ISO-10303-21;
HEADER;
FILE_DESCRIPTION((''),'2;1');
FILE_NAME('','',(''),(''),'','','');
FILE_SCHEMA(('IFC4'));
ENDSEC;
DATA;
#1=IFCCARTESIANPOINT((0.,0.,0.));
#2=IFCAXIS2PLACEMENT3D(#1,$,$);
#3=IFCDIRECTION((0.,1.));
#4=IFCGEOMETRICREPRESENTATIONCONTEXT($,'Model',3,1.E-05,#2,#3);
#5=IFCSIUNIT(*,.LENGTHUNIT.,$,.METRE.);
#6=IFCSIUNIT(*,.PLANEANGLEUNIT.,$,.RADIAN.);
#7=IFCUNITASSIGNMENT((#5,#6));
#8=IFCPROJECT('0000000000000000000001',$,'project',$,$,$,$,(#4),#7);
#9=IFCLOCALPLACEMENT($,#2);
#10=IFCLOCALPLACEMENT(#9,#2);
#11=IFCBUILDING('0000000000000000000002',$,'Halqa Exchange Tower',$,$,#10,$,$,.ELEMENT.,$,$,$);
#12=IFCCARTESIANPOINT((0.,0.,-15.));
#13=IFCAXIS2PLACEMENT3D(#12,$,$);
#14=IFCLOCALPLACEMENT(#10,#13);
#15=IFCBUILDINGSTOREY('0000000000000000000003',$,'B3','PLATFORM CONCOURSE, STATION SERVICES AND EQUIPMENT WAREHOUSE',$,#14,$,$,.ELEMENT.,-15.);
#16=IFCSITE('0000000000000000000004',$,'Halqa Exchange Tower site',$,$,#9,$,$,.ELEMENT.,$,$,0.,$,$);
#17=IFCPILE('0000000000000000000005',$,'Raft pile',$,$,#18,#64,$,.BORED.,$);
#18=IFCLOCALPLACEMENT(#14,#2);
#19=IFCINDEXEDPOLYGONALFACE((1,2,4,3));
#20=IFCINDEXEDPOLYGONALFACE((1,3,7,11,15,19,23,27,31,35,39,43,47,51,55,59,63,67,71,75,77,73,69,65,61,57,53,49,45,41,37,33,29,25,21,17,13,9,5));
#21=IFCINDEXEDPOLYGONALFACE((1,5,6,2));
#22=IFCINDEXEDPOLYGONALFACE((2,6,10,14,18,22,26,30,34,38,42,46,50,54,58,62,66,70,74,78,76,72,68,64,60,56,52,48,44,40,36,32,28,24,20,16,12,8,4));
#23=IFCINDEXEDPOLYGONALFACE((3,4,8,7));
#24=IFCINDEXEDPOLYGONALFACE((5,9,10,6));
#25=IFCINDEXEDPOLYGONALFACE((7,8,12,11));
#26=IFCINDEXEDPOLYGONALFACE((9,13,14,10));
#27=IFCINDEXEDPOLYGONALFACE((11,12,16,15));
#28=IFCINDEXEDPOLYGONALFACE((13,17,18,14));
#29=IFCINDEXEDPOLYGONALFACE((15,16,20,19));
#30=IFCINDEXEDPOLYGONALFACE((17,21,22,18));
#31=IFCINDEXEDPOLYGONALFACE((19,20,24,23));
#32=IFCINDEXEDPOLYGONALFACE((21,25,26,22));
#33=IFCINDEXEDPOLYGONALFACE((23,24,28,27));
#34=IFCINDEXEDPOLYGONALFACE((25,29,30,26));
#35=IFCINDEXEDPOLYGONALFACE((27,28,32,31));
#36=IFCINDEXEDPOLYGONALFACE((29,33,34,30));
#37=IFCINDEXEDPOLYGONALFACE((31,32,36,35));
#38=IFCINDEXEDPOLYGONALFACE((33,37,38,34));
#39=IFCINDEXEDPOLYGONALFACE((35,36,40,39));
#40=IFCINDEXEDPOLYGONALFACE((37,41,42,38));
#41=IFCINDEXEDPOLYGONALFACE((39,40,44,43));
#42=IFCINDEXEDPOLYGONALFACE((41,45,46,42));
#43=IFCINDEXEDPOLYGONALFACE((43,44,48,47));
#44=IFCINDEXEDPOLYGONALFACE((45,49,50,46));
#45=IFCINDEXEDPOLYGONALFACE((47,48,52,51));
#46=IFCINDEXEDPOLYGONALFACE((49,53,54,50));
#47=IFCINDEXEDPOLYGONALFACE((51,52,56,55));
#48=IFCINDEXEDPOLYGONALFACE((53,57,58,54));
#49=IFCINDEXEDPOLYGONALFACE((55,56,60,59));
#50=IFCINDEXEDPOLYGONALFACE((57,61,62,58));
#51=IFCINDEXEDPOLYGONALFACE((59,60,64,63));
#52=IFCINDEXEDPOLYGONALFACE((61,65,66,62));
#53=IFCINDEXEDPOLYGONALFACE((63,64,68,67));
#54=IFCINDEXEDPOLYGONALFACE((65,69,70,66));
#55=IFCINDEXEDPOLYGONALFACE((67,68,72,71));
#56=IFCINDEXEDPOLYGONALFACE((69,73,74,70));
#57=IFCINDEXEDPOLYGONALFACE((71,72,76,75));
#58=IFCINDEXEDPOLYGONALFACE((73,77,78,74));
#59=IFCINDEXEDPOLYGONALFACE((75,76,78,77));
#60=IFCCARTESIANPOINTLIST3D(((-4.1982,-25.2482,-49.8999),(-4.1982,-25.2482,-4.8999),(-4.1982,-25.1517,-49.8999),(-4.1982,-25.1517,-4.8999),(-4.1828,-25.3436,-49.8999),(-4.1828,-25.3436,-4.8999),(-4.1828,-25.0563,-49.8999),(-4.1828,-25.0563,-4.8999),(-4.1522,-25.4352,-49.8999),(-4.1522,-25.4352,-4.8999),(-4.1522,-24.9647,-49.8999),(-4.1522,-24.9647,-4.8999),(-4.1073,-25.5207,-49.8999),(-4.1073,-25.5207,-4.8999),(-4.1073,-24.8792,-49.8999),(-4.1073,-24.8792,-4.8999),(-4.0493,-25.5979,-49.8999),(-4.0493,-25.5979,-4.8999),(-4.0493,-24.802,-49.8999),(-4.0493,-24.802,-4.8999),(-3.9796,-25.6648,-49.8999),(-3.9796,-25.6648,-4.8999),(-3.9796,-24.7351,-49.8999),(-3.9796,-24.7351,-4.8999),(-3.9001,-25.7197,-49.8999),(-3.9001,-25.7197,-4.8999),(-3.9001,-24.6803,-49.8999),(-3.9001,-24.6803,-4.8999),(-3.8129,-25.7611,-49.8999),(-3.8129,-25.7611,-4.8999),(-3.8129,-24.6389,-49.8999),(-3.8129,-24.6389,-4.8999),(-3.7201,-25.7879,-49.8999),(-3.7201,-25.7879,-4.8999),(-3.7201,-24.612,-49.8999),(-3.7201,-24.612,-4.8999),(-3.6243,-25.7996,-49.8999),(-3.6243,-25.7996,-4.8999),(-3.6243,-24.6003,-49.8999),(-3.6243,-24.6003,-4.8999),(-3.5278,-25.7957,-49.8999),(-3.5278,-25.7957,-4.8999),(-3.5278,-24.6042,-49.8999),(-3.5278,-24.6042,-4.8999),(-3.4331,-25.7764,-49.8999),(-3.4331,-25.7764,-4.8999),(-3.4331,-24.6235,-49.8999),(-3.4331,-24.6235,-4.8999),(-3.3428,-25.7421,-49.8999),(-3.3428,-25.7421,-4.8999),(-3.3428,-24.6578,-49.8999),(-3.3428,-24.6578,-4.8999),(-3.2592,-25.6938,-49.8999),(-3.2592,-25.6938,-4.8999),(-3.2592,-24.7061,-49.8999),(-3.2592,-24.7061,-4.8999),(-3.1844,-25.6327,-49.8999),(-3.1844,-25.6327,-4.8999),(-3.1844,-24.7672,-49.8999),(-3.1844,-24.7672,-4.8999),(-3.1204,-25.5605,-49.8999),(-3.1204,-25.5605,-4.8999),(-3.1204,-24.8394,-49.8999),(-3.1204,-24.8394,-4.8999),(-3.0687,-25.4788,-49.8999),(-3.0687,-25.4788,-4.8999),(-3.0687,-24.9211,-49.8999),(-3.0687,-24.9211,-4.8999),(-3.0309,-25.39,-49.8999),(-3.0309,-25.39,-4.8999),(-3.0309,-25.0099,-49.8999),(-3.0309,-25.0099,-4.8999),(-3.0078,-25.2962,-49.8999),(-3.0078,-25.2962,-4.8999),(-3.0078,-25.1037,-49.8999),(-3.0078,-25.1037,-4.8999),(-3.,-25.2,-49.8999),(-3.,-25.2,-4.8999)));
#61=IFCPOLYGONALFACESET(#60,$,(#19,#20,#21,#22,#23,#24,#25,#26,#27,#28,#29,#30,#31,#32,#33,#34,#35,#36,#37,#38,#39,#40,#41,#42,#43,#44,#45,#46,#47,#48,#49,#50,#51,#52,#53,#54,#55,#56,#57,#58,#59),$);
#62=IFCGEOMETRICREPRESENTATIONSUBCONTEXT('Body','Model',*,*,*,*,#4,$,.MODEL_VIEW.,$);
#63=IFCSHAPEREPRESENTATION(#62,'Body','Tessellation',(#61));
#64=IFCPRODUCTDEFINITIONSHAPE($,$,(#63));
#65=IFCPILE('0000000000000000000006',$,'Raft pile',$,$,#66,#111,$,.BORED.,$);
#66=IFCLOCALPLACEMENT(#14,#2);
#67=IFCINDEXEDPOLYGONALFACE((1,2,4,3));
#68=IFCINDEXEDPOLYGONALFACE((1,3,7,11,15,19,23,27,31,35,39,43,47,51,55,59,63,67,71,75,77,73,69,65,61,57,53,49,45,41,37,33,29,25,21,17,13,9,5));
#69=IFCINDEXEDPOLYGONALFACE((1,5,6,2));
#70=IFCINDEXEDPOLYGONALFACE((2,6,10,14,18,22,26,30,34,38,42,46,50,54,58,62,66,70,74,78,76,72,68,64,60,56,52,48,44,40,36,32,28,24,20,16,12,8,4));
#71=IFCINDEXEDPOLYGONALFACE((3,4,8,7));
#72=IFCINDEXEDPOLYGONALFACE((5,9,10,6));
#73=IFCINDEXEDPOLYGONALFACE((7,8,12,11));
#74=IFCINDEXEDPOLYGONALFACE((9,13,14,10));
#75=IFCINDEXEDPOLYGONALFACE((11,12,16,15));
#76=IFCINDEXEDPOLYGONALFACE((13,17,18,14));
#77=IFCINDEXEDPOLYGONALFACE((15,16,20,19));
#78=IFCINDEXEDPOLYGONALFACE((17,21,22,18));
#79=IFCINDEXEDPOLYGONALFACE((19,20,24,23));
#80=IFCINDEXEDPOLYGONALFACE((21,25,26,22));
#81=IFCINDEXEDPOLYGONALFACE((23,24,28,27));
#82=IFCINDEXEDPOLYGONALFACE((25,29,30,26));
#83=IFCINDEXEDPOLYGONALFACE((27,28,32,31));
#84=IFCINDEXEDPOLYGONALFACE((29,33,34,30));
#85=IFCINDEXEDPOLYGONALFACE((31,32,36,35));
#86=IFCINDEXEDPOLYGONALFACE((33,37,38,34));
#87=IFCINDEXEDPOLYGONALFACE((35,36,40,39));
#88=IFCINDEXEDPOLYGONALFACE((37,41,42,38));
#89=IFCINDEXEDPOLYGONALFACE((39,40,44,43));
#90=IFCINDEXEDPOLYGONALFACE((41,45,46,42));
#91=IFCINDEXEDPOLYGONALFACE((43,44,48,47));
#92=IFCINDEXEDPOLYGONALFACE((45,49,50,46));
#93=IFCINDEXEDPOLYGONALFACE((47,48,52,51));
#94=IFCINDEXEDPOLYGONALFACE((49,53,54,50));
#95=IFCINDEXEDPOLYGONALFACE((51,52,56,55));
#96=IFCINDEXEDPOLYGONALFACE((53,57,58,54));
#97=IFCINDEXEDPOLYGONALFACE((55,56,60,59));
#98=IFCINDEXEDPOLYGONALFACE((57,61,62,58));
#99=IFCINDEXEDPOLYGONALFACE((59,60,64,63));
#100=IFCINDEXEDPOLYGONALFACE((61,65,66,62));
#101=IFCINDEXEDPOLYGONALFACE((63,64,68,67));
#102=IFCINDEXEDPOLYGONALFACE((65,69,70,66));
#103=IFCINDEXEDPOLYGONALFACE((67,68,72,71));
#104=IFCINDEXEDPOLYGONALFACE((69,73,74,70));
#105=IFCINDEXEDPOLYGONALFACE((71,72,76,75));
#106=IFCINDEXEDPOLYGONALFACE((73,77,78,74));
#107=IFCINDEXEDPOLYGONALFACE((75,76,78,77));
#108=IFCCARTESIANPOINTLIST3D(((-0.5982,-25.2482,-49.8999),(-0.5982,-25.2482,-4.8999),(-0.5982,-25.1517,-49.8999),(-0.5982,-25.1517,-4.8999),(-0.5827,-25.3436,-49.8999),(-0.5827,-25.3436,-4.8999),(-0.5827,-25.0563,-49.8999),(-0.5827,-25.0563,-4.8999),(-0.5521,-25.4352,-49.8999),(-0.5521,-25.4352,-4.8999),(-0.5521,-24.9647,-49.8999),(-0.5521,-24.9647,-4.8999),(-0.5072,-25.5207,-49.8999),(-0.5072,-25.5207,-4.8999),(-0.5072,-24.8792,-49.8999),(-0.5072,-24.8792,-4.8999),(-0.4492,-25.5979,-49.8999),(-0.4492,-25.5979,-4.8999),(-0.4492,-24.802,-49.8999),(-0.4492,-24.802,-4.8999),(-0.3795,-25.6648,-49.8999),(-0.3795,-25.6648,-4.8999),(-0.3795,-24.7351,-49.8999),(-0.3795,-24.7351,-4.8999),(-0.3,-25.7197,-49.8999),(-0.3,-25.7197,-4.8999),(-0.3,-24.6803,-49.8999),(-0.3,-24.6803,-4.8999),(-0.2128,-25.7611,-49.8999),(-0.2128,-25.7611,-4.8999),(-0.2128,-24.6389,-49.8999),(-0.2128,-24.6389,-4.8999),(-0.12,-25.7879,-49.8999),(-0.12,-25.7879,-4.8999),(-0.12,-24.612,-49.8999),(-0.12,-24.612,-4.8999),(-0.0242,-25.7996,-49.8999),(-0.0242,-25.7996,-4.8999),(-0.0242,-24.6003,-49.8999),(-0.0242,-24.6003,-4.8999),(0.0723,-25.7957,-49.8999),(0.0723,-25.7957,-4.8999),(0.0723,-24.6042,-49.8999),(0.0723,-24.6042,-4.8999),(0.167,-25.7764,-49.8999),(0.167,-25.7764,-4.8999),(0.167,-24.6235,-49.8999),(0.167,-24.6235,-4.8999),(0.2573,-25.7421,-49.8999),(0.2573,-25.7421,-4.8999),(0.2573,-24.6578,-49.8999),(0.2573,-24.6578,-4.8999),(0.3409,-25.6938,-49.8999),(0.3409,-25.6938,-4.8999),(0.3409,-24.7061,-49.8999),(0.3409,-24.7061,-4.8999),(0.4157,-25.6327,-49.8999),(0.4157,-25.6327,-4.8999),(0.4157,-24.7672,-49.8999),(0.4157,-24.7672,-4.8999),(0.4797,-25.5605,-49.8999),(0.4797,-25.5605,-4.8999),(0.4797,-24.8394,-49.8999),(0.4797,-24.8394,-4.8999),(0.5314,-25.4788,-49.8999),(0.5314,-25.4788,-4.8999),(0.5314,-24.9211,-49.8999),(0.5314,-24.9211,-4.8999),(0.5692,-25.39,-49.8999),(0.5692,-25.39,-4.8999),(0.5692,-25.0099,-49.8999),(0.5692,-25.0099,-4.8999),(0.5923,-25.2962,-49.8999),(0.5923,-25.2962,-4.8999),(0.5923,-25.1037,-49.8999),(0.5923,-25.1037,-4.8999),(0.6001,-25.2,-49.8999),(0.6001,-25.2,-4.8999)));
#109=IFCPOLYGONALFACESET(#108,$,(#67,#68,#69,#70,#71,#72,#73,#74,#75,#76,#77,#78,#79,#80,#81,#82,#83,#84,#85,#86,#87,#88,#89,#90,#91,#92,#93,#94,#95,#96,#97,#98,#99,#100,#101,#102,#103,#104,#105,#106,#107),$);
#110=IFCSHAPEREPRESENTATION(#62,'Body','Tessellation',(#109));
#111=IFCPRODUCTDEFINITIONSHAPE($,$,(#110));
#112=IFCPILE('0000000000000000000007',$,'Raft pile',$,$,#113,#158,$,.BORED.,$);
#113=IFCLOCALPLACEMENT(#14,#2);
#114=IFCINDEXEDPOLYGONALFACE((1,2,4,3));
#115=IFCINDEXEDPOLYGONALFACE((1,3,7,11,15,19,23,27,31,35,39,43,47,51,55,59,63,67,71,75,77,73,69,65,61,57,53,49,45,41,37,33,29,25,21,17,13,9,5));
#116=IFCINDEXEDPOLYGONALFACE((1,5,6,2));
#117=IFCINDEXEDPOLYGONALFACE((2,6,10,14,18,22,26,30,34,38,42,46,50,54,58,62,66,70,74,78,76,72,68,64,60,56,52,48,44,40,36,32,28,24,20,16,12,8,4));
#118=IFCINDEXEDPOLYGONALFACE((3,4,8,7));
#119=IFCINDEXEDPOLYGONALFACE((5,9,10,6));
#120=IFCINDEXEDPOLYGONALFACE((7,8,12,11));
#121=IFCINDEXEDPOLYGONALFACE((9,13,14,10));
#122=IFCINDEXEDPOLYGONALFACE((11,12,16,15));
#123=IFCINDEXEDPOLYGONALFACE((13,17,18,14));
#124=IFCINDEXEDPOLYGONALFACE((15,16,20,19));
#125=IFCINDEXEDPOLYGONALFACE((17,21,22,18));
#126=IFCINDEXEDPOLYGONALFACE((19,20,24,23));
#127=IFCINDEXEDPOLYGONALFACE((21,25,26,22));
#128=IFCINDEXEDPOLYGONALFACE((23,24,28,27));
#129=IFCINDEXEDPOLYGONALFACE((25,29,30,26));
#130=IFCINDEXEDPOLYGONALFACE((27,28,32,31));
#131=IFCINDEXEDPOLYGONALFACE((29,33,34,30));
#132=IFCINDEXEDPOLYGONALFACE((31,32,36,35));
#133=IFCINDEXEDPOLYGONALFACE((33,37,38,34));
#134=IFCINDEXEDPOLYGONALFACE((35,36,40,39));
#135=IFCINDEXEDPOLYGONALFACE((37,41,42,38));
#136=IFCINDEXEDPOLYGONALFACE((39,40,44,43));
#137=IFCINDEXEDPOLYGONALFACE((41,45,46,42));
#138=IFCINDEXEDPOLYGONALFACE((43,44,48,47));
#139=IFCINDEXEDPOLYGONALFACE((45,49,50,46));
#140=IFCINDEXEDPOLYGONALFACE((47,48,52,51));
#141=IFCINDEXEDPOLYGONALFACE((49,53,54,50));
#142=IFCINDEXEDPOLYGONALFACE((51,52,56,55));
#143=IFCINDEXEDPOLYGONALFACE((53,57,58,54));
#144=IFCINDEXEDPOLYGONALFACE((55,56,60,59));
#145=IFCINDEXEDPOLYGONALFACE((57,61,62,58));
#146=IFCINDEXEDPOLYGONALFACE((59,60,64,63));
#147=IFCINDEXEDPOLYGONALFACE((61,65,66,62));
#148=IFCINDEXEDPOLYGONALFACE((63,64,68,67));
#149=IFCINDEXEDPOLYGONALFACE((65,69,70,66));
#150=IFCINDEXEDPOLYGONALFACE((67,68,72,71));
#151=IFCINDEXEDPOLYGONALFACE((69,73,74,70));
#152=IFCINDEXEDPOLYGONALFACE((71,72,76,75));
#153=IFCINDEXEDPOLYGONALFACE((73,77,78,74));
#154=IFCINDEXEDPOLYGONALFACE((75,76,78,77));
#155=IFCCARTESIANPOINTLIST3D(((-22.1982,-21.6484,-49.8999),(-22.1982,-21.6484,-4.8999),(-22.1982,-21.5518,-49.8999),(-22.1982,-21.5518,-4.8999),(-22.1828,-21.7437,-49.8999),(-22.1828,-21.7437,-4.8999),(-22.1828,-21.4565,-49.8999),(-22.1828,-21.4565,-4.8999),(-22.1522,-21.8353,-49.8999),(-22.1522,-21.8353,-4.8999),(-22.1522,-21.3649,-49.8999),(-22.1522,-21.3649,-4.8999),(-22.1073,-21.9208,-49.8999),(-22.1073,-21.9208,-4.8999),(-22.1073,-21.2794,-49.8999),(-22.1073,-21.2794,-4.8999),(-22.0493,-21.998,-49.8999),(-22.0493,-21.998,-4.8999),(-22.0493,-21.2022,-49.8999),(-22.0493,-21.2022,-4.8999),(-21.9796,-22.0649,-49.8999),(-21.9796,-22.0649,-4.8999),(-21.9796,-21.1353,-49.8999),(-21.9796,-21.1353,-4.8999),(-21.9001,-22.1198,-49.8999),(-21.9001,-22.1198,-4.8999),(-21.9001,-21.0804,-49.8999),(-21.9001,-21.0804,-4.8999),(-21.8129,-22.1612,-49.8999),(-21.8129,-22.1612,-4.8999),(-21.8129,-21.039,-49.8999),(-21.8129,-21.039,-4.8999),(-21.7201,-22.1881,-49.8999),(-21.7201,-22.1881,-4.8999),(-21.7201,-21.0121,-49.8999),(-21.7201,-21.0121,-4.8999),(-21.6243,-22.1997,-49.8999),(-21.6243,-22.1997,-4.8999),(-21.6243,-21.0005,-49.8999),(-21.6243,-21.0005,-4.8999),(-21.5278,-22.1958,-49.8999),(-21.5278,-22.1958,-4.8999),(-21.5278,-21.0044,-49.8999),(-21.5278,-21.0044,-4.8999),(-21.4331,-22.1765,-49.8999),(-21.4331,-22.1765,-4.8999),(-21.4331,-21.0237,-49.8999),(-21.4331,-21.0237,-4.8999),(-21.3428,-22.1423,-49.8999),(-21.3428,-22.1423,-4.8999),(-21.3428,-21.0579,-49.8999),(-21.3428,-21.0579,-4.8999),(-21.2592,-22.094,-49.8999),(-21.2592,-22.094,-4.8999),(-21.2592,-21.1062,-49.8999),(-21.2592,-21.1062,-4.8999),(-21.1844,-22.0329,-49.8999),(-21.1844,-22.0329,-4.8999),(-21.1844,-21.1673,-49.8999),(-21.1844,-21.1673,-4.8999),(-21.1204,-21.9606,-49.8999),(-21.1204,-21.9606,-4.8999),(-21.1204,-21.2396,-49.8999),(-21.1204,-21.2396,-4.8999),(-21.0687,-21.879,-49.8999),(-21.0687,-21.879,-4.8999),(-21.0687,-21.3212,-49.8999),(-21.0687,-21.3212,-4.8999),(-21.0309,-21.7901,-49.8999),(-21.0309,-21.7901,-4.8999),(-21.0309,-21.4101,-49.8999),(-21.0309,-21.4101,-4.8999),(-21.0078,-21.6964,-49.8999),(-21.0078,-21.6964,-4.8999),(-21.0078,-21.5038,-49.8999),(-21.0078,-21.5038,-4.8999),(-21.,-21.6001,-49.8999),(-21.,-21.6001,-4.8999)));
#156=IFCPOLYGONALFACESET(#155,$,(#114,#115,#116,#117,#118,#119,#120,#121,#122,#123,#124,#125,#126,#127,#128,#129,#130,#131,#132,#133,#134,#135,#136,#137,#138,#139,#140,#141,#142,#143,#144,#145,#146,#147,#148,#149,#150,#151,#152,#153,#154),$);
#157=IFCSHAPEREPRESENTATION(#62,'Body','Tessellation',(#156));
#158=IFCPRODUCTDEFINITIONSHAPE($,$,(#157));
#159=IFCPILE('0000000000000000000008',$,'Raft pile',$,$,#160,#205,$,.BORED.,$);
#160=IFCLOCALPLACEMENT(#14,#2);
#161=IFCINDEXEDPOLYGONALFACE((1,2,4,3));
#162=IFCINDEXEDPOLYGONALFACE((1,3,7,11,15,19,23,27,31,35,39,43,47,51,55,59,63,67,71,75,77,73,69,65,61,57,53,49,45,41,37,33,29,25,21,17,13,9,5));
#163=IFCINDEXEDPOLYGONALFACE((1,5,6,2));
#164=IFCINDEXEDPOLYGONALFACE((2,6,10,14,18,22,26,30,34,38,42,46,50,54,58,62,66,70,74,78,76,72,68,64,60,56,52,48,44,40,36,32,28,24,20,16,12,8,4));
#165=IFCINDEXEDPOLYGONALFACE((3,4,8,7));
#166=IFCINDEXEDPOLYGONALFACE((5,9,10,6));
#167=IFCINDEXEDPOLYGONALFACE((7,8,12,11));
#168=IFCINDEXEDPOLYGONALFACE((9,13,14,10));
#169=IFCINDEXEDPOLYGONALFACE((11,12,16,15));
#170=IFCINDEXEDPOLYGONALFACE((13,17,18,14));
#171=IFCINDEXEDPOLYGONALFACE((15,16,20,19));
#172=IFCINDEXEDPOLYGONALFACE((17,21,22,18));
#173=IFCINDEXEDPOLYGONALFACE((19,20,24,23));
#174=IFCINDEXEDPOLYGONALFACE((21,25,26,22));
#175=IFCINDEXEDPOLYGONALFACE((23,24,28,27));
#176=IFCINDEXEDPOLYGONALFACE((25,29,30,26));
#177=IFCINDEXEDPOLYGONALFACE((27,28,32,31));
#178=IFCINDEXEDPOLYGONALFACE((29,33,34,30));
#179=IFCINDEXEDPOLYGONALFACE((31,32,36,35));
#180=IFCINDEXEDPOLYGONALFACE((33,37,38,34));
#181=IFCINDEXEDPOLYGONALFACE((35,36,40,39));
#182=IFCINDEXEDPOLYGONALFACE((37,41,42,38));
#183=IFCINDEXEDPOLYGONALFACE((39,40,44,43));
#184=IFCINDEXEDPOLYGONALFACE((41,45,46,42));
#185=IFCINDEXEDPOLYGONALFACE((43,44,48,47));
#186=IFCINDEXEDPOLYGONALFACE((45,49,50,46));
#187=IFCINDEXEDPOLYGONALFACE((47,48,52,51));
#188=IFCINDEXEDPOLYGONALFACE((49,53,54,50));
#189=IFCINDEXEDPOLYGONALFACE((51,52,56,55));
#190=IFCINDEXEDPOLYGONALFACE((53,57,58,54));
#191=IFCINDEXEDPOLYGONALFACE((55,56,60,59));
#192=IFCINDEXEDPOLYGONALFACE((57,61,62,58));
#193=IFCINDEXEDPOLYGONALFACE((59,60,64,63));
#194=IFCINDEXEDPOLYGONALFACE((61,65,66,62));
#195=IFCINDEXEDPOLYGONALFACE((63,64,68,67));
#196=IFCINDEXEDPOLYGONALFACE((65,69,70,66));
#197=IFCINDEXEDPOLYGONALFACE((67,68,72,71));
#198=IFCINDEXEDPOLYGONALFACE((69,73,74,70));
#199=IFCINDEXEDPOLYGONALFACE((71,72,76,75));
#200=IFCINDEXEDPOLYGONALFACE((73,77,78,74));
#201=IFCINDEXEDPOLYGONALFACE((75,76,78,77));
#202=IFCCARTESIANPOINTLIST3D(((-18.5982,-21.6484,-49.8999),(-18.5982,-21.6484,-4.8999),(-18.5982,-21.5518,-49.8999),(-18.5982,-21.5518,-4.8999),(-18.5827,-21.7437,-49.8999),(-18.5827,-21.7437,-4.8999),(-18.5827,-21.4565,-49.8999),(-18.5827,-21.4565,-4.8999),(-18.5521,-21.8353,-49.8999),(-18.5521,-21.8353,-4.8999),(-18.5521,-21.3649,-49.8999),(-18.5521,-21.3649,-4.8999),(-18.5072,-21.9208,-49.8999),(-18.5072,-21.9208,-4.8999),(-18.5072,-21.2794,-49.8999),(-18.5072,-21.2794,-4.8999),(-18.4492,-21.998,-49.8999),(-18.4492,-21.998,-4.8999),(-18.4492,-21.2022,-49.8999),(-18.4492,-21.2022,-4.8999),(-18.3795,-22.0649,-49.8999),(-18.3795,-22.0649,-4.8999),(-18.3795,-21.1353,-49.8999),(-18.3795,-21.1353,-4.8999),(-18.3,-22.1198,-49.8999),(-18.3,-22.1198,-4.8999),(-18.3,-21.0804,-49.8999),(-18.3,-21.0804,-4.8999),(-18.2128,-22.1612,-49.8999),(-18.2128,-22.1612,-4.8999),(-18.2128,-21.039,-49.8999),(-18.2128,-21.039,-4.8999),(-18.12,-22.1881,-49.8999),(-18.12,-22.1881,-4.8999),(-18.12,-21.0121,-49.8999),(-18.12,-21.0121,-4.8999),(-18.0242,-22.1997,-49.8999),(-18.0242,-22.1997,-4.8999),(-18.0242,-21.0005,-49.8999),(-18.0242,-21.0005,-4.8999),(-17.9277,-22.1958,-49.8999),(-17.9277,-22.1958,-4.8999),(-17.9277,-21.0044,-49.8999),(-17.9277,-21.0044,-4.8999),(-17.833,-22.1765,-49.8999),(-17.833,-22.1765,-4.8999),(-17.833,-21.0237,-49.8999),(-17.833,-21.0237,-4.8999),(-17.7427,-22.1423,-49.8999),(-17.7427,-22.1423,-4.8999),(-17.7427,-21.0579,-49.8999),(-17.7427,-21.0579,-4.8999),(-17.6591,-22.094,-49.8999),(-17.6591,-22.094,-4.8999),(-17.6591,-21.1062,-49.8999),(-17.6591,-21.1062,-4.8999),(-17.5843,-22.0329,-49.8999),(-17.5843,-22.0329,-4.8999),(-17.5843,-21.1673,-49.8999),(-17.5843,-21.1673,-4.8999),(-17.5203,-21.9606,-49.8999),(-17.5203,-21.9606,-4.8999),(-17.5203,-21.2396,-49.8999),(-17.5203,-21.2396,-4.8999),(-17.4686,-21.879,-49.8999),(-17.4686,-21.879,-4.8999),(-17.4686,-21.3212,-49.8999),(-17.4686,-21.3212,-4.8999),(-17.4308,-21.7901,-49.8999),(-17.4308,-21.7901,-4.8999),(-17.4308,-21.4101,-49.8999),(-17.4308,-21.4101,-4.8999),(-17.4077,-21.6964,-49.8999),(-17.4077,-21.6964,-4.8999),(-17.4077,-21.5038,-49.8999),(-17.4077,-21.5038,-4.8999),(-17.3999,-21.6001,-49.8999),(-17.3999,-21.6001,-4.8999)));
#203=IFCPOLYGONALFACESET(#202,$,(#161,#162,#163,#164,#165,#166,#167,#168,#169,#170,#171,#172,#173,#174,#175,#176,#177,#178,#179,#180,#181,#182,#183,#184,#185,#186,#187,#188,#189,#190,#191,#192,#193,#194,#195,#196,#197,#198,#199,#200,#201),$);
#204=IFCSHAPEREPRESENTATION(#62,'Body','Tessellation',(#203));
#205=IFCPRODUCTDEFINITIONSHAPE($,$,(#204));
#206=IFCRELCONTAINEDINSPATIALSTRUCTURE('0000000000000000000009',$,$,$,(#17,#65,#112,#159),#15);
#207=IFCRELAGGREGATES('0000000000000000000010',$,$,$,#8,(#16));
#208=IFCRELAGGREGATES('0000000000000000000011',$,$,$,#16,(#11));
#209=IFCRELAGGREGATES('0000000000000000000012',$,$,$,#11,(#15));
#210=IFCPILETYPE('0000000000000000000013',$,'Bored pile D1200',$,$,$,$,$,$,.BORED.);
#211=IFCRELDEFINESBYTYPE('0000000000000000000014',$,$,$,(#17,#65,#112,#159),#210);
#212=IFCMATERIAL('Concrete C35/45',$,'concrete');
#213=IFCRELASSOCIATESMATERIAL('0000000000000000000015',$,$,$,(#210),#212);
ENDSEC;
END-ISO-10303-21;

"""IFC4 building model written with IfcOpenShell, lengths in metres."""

from ifc_helpers import new_model, si_unit, direction, frame, origin, origin_2d, place, context, subcontext, project, spatial, circle, extrude, material, material_profile, profile_set, type_object, element, save


model = new_model("IFC4")

# Units and contexts
model_context = context("Model", 3, precision=1e-05, world=origin(), true_north=direction((0.0, 1.0)))
body_context = subcontext(model_context, "Body", "Model", "MODEL_VIEW")
ifc_project = project(units=[si_unit("LENGTHUNIT", "METRE"), si_unit("PLANEANGLEUNIT", "RADIAN")], contexts=[model_context])

# Site, building, storey
site_placement = place(None, origin())
site = spatial("IfcSite", under=ifc_project, at=site_placement, Name="Halqa Exchange Tower site", CompositionType="ELEMENT", RefElevation=0.0)
building_placement = place(site_placement, origin())
building = spatial("IfcBuilding", under=site, at=building_placement, Name="Halqa Exchange Tower", CompositionType="ELEMENT")
storey_placement = place(building_placement, frame((0.0, 0.0, -15.0)))
storey = spatial("IfcBuildingStorey", under=building, at=storey_placement, Name="B3", Description="PLATFORM CONCOURSE, STATION SERVICES AND EQUIPMENT WAREHOUSE", CompositionType="ELEMENT", Elevation=-15.0)

# Piles
ifc_material_1 = material(Name="Concrete C35/45", Category="concrete")
ifc_material_profile_1 = material_profile(ifc_material_1, circle(Radius=0.6001, at=origin_2d()), Name="D1200")
ifc_profile_set_1 = profile_set([ifc_material_profile_1], Name="Concrete C35/45")
pile_type_1 = type_object("IfcPileType", Name="Bored pile D1200", PredefinedType="BORED", material=ifc_profile_set_1)
for number, where, z_axis, x_axis, name in (
    (1, (-3.6001, -25.2, -4.8999), (0.0, 0.0, -1.0), (1.0, 0.0, 0.0), "Raft pile"),
    (2, (0.0, -25.2, -4.8999), (0.0, 0.0, -1.0), (1.0, 0.0, 0.0), "Raft pile"),
    (3, (-21.6001, -21.6001, -4.8999), (0.0, 0.0, -1.0), (1.0, 0.0, 0.0), "Raft pile"),
    (4, (-18.0, -21.6001, -4.8999), (0.0, 0.0, -1.0), (1.0, 0.0, 0.0), "Raft pile"),
):
    element("IfcPile", number, at=place(storey_placement, frame(where, z_axis=z_axis, x_axis=x_axis)), inside=storey, type_object=pile_type_1, Name=name, PredefinedType="BORED", context=body_context, shape_type="SweptSolid", body=[
        extrude(circle(Radius=0.6001, at=origin_2d()), origin(), (0.0, 0.0, 1.0), 45.0),
    ])

save(model, "model.ifc")
